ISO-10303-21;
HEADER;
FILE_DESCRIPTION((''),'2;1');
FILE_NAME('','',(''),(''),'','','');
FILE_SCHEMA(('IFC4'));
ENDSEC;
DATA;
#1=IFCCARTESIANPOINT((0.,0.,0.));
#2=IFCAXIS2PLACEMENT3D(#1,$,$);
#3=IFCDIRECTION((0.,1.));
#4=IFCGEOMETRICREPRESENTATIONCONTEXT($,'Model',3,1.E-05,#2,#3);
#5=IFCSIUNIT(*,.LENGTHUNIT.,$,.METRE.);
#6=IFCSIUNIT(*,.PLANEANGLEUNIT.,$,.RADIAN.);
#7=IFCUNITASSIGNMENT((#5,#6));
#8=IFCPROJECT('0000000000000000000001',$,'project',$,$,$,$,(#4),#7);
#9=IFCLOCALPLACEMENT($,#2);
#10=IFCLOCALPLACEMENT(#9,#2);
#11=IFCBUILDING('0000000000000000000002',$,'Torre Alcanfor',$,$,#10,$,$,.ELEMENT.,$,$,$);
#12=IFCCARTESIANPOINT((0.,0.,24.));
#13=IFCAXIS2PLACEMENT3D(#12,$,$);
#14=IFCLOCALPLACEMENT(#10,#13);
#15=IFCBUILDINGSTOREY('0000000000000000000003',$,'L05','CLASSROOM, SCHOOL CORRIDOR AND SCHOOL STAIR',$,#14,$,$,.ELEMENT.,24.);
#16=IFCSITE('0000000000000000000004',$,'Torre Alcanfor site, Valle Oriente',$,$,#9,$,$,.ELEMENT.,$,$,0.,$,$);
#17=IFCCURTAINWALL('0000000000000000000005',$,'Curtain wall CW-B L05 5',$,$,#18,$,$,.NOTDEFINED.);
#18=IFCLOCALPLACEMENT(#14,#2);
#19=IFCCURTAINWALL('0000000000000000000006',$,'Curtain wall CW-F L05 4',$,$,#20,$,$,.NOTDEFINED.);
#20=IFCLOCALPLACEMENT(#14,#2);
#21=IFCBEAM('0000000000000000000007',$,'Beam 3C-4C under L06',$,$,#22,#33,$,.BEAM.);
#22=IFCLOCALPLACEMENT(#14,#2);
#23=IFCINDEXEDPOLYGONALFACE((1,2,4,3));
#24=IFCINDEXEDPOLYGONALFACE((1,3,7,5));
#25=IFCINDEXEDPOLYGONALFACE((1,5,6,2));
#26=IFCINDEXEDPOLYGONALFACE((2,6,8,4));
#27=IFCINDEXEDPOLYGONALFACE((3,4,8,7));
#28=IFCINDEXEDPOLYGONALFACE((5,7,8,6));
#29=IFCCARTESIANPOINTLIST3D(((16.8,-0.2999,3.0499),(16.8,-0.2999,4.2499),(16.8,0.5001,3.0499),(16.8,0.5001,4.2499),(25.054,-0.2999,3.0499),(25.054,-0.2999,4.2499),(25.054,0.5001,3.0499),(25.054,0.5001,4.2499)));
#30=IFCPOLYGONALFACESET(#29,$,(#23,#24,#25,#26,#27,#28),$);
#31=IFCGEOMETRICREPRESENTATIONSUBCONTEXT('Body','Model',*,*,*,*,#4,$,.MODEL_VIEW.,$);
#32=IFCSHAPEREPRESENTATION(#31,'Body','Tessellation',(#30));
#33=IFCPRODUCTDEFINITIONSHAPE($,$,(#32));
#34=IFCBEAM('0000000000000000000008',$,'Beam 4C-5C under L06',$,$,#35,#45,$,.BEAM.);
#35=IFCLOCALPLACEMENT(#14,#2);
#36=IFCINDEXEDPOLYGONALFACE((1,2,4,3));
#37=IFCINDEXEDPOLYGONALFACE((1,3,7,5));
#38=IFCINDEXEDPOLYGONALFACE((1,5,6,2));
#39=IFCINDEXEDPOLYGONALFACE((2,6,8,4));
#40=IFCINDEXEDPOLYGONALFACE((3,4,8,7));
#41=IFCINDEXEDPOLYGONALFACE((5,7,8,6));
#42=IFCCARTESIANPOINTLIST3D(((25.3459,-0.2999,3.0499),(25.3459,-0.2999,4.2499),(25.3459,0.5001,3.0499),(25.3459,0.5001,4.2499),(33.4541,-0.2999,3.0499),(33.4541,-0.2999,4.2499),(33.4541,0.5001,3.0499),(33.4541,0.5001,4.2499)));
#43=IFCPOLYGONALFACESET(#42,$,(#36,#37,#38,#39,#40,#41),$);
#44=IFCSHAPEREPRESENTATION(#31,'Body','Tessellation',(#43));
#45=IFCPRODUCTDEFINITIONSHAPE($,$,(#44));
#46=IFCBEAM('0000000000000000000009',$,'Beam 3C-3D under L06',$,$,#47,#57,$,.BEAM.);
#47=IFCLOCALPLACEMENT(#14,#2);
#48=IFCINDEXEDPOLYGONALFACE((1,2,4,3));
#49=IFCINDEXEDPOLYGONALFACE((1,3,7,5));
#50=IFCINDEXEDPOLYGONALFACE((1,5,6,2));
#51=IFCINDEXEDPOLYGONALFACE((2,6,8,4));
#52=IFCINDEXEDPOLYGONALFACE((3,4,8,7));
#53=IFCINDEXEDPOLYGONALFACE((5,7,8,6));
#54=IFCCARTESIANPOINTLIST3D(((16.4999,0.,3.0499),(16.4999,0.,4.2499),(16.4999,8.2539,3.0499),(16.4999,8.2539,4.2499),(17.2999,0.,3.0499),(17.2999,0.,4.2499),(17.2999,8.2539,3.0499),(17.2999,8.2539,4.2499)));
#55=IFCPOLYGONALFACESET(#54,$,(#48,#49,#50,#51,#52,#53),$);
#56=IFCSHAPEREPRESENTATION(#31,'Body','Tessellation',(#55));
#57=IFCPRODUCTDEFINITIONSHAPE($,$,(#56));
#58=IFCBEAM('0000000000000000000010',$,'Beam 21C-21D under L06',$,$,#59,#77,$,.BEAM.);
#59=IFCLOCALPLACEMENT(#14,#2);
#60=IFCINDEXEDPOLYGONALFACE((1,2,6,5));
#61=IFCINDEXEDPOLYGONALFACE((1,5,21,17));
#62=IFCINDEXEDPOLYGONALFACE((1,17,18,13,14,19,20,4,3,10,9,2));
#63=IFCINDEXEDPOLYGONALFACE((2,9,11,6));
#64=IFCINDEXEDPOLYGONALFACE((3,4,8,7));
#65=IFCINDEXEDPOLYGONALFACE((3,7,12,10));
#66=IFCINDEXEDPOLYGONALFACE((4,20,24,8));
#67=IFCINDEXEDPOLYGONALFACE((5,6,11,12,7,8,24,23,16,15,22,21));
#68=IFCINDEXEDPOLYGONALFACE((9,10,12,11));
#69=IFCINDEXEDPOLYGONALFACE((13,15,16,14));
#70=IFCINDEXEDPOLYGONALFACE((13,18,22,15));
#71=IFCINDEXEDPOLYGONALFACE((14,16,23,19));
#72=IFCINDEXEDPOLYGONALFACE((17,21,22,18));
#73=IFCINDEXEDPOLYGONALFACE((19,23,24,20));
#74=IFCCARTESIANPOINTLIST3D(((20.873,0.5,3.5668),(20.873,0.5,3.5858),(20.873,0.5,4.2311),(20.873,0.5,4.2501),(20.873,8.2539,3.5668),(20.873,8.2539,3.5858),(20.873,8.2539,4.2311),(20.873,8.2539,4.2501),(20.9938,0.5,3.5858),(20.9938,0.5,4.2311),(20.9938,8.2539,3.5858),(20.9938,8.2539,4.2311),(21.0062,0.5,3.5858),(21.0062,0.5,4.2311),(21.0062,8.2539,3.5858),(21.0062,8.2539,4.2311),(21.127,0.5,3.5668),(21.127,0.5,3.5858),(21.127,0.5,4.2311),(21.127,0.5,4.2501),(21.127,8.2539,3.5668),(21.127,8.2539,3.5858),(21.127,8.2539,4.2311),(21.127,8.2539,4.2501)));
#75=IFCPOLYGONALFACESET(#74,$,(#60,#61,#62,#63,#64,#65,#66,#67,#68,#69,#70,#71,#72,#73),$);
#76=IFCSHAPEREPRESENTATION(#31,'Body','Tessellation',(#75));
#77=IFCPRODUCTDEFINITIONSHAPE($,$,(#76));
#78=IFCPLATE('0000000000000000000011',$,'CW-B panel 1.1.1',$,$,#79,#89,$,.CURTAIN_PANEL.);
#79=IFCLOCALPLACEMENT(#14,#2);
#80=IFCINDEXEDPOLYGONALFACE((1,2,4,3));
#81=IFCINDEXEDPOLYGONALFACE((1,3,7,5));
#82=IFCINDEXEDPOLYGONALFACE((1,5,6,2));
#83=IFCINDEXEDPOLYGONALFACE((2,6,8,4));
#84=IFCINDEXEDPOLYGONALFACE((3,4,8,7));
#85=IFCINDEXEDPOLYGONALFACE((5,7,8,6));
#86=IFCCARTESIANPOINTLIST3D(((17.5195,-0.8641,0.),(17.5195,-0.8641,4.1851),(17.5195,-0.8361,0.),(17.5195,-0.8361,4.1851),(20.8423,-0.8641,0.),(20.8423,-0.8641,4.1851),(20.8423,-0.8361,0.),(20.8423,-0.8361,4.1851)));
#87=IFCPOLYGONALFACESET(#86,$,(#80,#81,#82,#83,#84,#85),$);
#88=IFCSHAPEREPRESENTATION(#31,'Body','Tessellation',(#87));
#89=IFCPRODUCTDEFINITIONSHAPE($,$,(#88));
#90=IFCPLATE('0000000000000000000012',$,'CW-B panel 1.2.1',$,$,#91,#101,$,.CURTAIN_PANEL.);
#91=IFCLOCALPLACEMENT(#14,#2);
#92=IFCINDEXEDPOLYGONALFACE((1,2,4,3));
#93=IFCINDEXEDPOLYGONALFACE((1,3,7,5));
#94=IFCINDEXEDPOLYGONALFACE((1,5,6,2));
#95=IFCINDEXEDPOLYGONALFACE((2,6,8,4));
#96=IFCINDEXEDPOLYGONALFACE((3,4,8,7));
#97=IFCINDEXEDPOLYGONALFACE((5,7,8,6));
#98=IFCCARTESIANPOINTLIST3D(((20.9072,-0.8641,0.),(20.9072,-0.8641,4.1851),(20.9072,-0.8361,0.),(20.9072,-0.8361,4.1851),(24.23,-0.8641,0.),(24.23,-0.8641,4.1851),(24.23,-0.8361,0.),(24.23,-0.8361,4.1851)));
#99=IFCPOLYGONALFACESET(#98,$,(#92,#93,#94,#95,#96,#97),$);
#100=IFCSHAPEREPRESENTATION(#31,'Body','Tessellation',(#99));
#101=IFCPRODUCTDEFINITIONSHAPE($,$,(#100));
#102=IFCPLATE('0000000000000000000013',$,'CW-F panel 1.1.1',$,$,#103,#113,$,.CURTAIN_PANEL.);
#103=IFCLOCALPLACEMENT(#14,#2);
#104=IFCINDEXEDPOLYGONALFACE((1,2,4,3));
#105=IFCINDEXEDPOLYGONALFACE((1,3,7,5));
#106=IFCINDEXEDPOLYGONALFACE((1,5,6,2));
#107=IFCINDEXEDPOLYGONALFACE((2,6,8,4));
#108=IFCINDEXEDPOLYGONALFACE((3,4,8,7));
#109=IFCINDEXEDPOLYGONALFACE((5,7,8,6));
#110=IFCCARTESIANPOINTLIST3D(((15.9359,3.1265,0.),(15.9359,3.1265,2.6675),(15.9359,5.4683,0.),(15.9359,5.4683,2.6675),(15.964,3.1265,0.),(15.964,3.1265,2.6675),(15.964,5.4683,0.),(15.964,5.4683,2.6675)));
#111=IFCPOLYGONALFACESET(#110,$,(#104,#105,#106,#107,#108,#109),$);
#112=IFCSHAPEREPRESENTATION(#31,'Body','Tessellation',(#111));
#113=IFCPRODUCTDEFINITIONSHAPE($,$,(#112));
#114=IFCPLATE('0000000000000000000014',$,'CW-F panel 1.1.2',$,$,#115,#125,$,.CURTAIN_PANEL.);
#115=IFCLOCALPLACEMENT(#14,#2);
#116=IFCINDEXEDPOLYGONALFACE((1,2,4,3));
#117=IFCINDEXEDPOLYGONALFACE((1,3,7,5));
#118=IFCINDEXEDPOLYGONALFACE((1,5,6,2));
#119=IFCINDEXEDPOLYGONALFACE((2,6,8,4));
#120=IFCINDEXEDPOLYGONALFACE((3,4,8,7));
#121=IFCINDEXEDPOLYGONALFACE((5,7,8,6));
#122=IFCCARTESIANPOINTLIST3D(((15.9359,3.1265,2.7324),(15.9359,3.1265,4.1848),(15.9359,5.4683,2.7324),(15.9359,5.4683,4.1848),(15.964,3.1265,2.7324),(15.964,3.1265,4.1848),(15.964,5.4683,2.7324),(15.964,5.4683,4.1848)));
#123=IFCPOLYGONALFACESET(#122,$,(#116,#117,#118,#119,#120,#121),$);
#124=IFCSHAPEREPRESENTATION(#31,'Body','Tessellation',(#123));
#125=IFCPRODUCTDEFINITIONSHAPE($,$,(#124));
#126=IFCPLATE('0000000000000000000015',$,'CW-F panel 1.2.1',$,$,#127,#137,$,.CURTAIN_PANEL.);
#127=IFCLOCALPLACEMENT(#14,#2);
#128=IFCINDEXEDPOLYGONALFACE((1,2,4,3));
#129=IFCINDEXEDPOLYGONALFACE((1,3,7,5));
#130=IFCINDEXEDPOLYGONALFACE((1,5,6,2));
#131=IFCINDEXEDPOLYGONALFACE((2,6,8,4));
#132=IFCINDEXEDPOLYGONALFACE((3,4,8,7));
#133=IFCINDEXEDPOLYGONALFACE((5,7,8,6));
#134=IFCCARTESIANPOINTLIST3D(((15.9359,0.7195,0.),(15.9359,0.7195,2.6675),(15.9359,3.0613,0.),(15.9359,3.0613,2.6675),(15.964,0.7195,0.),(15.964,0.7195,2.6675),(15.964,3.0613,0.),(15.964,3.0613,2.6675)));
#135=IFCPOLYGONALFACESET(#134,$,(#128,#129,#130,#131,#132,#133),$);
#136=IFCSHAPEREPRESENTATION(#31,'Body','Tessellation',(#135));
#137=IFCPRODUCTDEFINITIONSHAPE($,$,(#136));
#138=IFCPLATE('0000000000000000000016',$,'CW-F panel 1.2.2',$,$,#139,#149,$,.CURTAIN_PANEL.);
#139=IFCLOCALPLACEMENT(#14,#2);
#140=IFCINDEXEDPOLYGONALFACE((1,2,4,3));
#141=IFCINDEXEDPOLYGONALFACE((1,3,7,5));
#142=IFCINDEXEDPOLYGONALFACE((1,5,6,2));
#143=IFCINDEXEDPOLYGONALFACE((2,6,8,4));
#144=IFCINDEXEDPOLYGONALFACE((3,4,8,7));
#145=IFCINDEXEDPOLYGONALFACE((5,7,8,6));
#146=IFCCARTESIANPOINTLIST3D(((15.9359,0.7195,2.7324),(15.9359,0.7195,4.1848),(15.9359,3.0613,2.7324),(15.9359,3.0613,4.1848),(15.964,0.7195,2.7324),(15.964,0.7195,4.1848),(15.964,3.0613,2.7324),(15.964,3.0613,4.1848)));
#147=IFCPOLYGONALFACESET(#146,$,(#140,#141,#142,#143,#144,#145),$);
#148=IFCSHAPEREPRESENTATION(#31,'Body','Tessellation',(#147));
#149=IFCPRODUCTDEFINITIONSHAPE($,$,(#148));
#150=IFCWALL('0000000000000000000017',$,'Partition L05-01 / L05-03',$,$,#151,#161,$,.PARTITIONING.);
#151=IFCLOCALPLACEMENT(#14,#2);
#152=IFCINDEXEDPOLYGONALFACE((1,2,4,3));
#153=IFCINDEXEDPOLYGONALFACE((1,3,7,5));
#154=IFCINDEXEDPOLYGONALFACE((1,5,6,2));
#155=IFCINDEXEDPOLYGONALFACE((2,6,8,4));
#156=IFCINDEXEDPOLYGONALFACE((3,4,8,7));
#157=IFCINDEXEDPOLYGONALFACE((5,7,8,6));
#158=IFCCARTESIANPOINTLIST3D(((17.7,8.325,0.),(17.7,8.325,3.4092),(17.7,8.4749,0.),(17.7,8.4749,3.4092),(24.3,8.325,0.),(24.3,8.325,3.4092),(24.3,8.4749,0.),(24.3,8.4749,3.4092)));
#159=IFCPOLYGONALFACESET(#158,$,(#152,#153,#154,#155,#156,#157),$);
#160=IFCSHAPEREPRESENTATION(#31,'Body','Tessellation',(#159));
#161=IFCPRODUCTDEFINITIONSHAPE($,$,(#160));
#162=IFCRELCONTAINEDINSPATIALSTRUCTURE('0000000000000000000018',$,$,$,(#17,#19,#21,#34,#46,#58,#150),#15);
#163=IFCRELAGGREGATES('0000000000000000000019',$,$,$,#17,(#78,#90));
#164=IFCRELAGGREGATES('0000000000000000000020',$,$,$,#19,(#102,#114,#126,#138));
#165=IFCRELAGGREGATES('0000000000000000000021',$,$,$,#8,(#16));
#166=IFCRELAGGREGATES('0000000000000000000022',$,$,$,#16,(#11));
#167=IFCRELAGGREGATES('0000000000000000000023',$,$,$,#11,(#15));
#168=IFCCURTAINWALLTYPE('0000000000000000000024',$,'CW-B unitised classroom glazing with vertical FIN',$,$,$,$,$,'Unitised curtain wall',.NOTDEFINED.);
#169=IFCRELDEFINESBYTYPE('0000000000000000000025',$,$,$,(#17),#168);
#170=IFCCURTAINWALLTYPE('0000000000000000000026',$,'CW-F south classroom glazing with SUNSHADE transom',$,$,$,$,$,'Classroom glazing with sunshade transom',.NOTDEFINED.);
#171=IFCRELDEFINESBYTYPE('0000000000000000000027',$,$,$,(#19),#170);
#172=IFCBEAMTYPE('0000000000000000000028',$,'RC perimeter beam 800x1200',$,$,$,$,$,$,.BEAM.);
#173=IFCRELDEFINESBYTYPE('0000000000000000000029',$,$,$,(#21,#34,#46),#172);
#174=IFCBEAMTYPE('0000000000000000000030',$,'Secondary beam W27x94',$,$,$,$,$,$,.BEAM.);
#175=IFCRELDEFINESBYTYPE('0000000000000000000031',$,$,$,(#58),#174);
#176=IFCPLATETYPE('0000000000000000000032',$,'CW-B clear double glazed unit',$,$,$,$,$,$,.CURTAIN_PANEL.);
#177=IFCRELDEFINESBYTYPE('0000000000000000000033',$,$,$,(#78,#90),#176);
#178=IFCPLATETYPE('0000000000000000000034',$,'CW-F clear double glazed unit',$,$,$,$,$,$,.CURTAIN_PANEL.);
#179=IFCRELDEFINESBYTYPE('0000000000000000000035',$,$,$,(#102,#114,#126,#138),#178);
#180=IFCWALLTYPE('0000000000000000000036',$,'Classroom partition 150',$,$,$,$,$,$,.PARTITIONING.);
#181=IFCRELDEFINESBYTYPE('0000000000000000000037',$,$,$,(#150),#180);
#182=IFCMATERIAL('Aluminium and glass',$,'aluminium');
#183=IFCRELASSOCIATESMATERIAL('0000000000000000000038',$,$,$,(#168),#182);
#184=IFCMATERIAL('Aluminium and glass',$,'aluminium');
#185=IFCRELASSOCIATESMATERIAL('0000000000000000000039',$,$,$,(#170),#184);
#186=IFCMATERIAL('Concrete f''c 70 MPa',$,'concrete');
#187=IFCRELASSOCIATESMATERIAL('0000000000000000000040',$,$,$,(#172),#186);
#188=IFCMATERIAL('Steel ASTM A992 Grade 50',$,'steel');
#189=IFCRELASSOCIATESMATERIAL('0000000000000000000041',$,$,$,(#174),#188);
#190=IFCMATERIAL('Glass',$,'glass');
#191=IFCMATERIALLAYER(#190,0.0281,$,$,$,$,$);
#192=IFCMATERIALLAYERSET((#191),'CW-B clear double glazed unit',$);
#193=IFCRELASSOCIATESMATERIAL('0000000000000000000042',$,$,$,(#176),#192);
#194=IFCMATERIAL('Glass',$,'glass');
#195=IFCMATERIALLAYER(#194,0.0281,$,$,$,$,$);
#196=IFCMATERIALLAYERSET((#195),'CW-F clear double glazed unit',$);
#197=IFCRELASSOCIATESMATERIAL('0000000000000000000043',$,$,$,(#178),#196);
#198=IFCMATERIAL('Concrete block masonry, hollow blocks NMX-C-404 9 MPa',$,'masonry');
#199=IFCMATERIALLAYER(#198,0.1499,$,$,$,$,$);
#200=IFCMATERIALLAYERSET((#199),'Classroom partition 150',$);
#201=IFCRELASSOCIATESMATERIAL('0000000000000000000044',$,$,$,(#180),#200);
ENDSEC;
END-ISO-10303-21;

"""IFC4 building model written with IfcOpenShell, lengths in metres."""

from ifc_helpers import new_model, si_unit, direction, frame, frame_2d, origin, origin_2d, place, context, subcontext, project, spatial, rectangle, i_section, extrude, material, layer, layer_set, material_profile, profile_set, type_object, element, aggregate, save


model = new_model("IFC4")

# Units and contexts
model_context = context("Model", 3, precision=1e-05, world=origin(), true_north=direction((0.0, 1.0)))
body_context = subcontext(model_context, "Body", "Model", "MODEL_VIEW")
ifc_project = project(units=[si_unit("LENGTHUNIT", "METRE"), si_unit("PLANEANGLEUNIT", "RADIAN")], contexts=[model_context])

# Site, building, storey
site_placement = place(None, origin())
site = spatial("IfcSite", under=ifc_project, at=site_placement, Name="Torre Alcanfor site, Valle Oriente", CompositionType="ELEMENT", RefElevation=0.0)
building_placement = place(site_placement, origin())
building = spatial("IfcBuilding", under=site, at=building_placement, Name="Torre Alcanfor", CompositionType="ELEMENT")
storey_placement = place(building_placement, frame((0.0, 0.0, 24.0)))
storey = spatial("IfcBuildingStorey", under=building, at=storey_placement, Name="L05", Description="CLASSROOM, SCHOOL CORRIDOR AND SCHOOL STAIR", CompositionType="ELEMENT", Elevation=24.0)

# Curtain walls
ifc_material_1 = material(Name="Aluminium and glass", Category="aluminium")
curtain_wall_type_1 = type_object("IfcCurtainWallType", Name="CW-B unitised classroom glazing with vertical FIN", ElementType="Unitised curtain wall", PredefinedType="NOTDEFINED", material=ifc_material_1)
curtain_wall_1_placement = place(storey_placement, origin())
curtain_wall_1 = element("IfcCurtainWall", 1, at=curtain_wall_1_placement, inside=storey, type_object=curtain_wall_type_1, Name="Curtain wall CW-B L05 5", PredefinedType="NOTDEFINED")
ifc_material_2 = material(Name="Aluminium and glass", Category="aluminium")
curtain_wall_type_2 = type_object("IfcCurtainWallType", Name="CW-F south classroom glazing with SUNSHADE transom", ElementType="Classroom glazing with sunshade transom", PredefinedType="NOTDEFINED", material=ifc_material_2)
curtain_wall_2_placement = place(storey_placement, origin())
curtain_wall_2 = element("IfcCurtainWall", 2, at=curtain_wall_2_placement, inside=storey, type_object=curtain_wall_type_2, Name="Curtain wall CW-F L05 4", PredefinedType="NOTDEFINED")

# Beams
ifc_material_3 = material(Name="Concrete f'c 70 MPa", Category="concrete")
ifc_material_profile_1 = material_profile(ifc_material_3, rectangle(XDim=0.8, YDim=1.2, at=origin_2d()), Name="800x1200")
ifc_profile_set_1 = profile_set([ifc_material_profile_1], Name="Concrete f'c 70 MPa")
beam_type_1 = type_object("IfcBeamType", Name="RC perimeter beam 800x1200", PredefinedType="BEAM", material=ifc_profile_set_1)
beam_1_placement = place(storey_placement, frame((16.8, 0.1001, 3.6499), z_axis=(1.0, 0.0, 0.0), x_axis=(0.0, 1.0, 0.0)))
element("IfcBeam", 3, at=beam_1_placement, inside=storey, type_object=beam_type_1, Name="Beam 3C-4C under L06", PredefinedType="BEAM", context=body_context, shape_type="SweptSolid", body=[
    extrude(rectangle(XDim=0.8, YDim=1.2, at=origin_2d()), origin(), (0.0, 0.0, 1.0), 8.2539),
])
beam_2_placement = place(storey_placement, frame((25.3459, 0.1001, 3.6499), z_axis=(1.0, 0.0, 0.0), x_axis=(0.0, 1.0, 0.0)))
element("IfcBeam", 4, at=beam_2_placement, inside=storey, type_object=beam_type_1, Name="Beam 4C-5C under L06", PredefinedType="BEAM", context=body_context, shape_type="SweptSolid", body=[
    extrude(rectangle(XDim=0.8, YDim=1.2, at=origin_2d()), origin(), (0.0, 0.0, 1.0), 8.1082),
])
beam_3_placement = place(storey_placement, frame((16.8999, 0.0, 3.6499), z_axis=(0.0, 1.0, 0.0), x_axis=(-1.0, 0.0, 0.0)))
element("IfcBeam", 5, at=beam_3_placement, inside=storey, type_object=beam_type_1, Name="Beam 3C-3D under L06", PredefinedType="BEAM", context=body_context, shape_type="SweptSolid", body=[
    extrude(rectangle(XDim=0.8, YDim=1.2, at=origin_2d()), origin(), (0.0, 0.0, 1.0), 8.2539),
])
ifc_material_4 = material(Name="Steel ASTM A992 Grade 50", Category="steel")
ifc_material_profile_2 = material_profile(ifc_material_4, i_section(OverallWidth=0.2539, OverallDepth=0.6833, WebThickness=0.0125, FlangeThickness=0.019, at=origin_2d()), Name="W27x94")
ifc_profile_set_2 = profile_set([ifc_material_profile_2], Name="Steel ASTM A992 Grade 50")
beam_type_2 = type_object("IfcBeamType", Name="Secondary beam W27x94", PredefinedType="BEAM", material=ifc_profile_set_2)
beam_4_placement = place(storey_placement, frame((21.0, 0.5, 3.9084), z_axis=(0.0, 1.0, 0.0), x_axis=(-1.0, 0.0, 0.0)))
element("IfcBeam", 6, at=beam_4_placement, inside=storey, type_object=beam_type_2, Name="Beam 21C-21D under L06", PredefinedType="BEAM", context=body_context, shape_type="SweptSolid", body=[
    extrude(i_section(OverallWidth=0.2539, OverallDepth=0.6833, WebThickness=0.0125, FlangeThickness=0.019, at=origin_2d()), origin(), (0.0, 0.0, 1.0), 7.7539),
])

# Plates
ifc_material_5 = material(Name="Glass", Category="glass")
ifc_layer_1 = layer(ifc_material_5, 0.0281)
ifc_layer_set_1 = layer_set([ifc_layer_1], Name="CW-B clear double glazed unit")
plate_type_1 = type_object("IfcPlateType", Name="CW-B clear double glazed unit", PredefinedType="CURTAIN_PANEL", material=ifc_layer_set_1)
plate_1_placement = place(storey_placement, frame((19.1809, -0.8501, 0.0), z_axis=(0.0, 0.0, 1.0), x_axis=(1.0, 0.0, 0.0)))
plate_1 = element("IfcPlate", 7, at=plate_1_placement, type_object=plate_type_1, Name="CW-B panel 1.1.1", PredefinedType="CURTAIN_PANEL", context=body_context, shape_type="SweptSolid", body=[
    extrude(rectangle(XDim=3.3228, YDim=0.0281, at=origin_2d()), origin(), (0.0, 0.0, 1.0), 4.1851),
])
plate_2_placement = place(storey_placement, frame((22.5686, -0.8501, 0.0), z_axis=(0.0, 0.0, 1.0), x_axis=(1.0, 0.0, 0.0)))
plate_2 = element("IfcPlate", 8, at=plate_2_placement, type_object=plate_type_1, Name="CW-B panel 1.2.1", PredefinedType="CURTAIN_PANEL", context=body_context, shape_type="SweptSolid", body=[
    extrude(rectangle(XDim=3.3228, YDim=0.0281, at=origin_2d()), origin(), (0.0, 0.0, 1.0), 4.1851),
])
aggregate(curtain_wall_1, [plate_1, plate_2])
ifc_material_6 = material(Name="Glass", Category="glass")
ifc_layer_2 = layer(ifc_material_6, 0.0281)
ifc_layer_set_2 = layer_set([ifc_layer_2], Name="CW-F clear double glazed unit")
plate_type_2 = type_object("IfcPlateType", Name="CW-F clear double glazed unit", PredefinedType="CURTAIN_PANEL", material=ifc_layer_set_2)
plate_3_placement = place(storey_placement, frame((15.95, 4.2974, 0.0), z_axis=(0.0, 0.0, 1.0), x_axis=(0.0, -1.0, 0.0)))
plate_3 = element("IfcPlate", 9, at=plate_3_placement, type_object=plate_type_2, Name="CW-F panel 1.1.1", PredefinedType="CURTAIN_PANEL", context=body_context, shape_type="SweptSolid", body=[
    extrude(rectangle(XDim=2.3418, YDim=0.0281, at=origin_2d()), origin(), (0.0, 0.0, 1.0), 2.6675),
])
plate_4_placement = place(storey_placement, frame((15.95, 4.2974, 2.7324), z_axis=(0.0, 0.0, 1.0), x_axis=(0.0, -1.0, 0.0)))
plate_4 = element("IfcPlate", 10, at=plate_4_placement, type_object=plate_type_2, Name="CW-F panel 1.1.2", PredefinedType="CURTAIN_PANEL", context=body_context, shape_type="SweptSolid", body=[
    extrude(rectangle(XDim=2.3418, YDim=0.0281, at=origin_2d()), origin(), (0.0, 0.0, 1.0), 1.4524),
])
plate_5_placement = place(storey_placement, frame((15.95, 1.8904, 0.0), z_axis=(0.0, 0.0, 1.0), x_axis=(0.0, -1.0, 0.0)))
plate_5 = element("IfcPlate", 11, at=plate_5_placement, type_object=plate_type_2, Name="CW-F panel 1.2.1", PredefinedType="CURTAIN_PANEL", context=body_context, shape_type="SweptSolid", body=[
    extrude(rectangle(XDim=2.3418, YDim=0.0281, at=origin_2d()), origin(), (0.0, 0.0, 1.0), 2.6675),
])
plate_6_placement = place(storey_placement, frame((15.95, 1.8904, 2.7324), z_axis=(0.0, 0.0, 1.0), x_axis=(0.0, -1.0, 0.0)))
plate_6 = element("IfcPlate", 12, at=plate_6_placement, type_object=plate_type_2, Name="CW-F panel 1.2.2", PredefinedType="CURTAIN_PANEL", context=body_context, shape_type="SweptSolid", body=[
    extrude(rectangle(XDim=2.3418, YDim=0.0281, at=origin_2d()), origin(), (0.0, 0.0, 1.0), 1.4524),
])
aggregate(curtain_wall_2, [plate_3, plate_4, plate_5, plate_6])

# Wall
ifc_material_7 = material(Name="Concrete block masonry, hollow blocks NMX-C-404 9 MPa", Category="masonry")
ifc_layer_3 = layer(ifc_material_7, 0.1499)
ifc_layer_set_3 = layer_set([ifc_layer_3], Name="Classroom partition 150")
wall_type_1 = type_object("IfcWallType", Name="Classroom partition 150", PredefinedType="PARTITIONING", material=ifc_layer_set_3)
wall_1_placement = place(storey_placement, frame((17.7, 8.3999, 0.0), z_axis=(0.0, 0.0, 1.0), x_axis=(1.0, 0.0, 0.0)))
element("IfcWall", 13, at=wall_1_placement, inside=storey, type_object=wall_type_1, Name="Partition L05-01 / L05-03", PredefinedType="PARTITIONING", context=body_context, shape_type="SweptSolid", body=[
    extrude(rectangle(XDim=6.6001, YDim=0.1499, at=frame_2d((3.3, 0.0))), origin(), (0.0, 0.0, 1.0), 3.4092),
])

save(model, "model.ifc")
